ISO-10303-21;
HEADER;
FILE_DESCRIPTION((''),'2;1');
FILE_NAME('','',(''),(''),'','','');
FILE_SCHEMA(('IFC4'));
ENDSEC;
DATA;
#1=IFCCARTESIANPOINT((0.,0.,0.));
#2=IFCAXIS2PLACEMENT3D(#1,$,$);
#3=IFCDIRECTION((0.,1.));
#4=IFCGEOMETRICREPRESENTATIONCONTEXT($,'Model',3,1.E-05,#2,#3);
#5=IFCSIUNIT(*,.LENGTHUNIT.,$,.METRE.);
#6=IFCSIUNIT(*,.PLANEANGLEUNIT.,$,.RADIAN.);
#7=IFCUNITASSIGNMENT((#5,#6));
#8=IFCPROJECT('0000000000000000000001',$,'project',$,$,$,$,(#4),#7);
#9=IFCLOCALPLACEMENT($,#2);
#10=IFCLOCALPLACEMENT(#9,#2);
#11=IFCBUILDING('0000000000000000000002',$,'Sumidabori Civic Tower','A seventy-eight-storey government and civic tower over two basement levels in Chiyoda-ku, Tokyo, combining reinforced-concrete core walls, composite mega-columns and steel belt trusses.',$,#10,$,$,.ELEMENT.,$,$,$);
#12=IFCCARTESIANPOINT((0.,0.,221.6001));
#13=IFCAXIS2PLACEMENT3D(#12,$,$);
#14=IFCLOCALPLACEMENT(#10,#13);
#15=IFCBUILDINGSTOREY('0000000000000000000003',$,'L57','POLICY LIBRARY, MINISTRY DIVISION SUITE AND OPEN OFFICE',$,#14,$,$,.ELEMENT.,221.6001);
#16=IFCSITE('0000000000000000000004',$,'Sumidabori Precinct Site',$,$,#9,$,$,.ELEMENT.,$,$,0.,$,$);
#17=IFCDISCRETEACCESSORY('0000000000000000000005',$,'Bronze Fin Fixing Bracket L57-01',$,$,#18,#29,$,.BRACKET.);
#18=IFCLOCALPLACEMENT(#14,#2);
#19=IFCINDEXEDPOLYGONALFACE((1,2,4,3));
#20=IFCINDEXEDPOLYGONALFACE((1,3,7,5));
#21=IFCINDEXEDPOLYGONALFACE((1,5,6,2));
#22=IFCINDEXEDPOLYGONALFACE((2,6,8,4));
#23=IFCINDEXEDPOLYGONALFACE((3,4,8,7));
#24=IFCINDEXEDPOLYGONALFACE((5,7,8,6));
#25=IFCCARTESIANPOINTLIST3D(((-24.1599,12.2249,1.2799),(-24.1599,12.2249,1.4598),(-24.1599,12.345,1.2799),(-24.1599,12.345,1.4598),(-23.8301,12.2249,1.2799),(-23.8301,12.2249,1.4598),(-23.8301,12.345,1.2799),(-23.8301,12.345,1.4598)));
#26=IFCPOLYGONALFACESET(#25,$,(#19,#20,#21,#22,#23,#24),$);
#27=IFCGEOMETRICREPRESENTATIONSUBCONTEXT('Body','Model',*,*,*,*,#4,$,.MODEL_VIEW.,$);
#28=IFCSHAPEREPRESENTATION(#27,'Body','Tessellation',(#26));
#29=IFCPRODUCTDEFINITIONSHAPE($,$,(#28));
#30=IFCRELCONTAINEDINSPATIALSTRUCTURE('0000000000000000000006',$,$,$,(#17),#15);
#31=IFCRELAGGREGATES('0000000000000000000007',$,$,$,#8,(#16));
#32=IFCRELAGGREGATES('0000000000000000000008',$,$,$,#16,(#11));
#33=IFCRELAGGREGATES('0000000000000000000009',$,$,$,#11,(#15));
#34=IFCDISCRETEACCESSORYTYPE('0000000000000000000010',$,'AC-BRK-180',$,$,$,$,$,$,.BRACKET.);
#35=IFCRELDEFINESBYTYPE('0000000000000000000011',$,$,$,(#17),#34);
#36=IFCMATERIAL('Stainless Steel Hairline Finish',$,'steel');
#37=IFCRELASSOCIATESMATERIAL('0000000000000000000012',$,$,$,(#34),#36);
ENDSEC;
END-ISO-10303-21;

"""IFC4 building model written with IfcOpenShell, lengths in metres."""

from ifc_helpers import new_model, si_unit, direction, frame, origin, origin_2d, place, context, subcontext, project, spatial, rectangle, extrude, source, transform, mapped, material, material_profile, profile_set, type_object, element, save


model = new_model("IFC4")

# Units and contexts
model_context = context("Model", 3, precision=1e-05, world=origin(), true_north=direction((0.0, 1.0)))
body_context = subcontext(model_context, "Body", "Model", "MODEL_VIEW")
ifc_project = project(units=[si_unit("LENGTHUNIT", "METRE"), si_unit("PLANEANGLEUNIT", "RADIAN")], contexts=[model_context])

# Site, building, storey
site_placement = place(None, origin())
site = spatial("IfcSite", under=ifc_project, at=site_placement, Name="Sumidabori Precinct Site", CompositionType="ELEMENT", RefElevation=0.0)
building_placement = place(site_placement, origin())
building = spatial("IfcBuilding", under=site, at=building_placement, Name="Sumidabori Civic Tower", Description="A seventy-eight-storey government and civic tower over two basement levels in Chiyoda-ku, Tokyo, combining reinforced-concrete core walls, composite mega-columns and steel belt trusses.", CompositionType="ELEMENT")
storey_placement = place(building_placement, frame((0.0, 0.0, 221.6001)))
storey = spatial("IfcBuildingStorey", under=building, at=storey_placement, Name="L57", Description="POLICY LIBRARY, MINISTRY DIVISION SUITE AND OPEN OFFICE", CompositionType="ELEMENT", Elevation=221.6001)

# Shared definitions
ifc_material_1 = material(Name="Stainless Steel Hairline Finish", Category="steel")

# Discrete accessory
ifc_material_profile_1 = material_profile(ifc_material_1, rectangle(XDim=0.1201, YDim=0.1799, at=origin_2d()), Name="STEEL BRACKET 180x120")
ifc_profile_set_1 = profile_set([ifc_material_profile_1], Name="Stainless Steel Hairline Finish")
discrete_accessory_type = type_object("IfcDiscreteAccessoryType", Name="AC-BRK-180", PredefinedType="BRACKET", material=ifc_profile_set_1)
shared_shape_1 = source(origin(), body_context, "Body", "SweptSolid", [
    extrude(rectangle(XDim=0.1201, YDim=0.1799, at=origin_2d()), origin(), (0.0, 0.0, 1.0), 0.3298),
])
discrete_accessory_placement = place(storey_placement, frame((-23.8301, 12.2849, 1.3699), z_axis=(-1.0, 0.0, 0.0), x_axis=(0.0, -1.0, 0.0)))
element("IfcDiscreteAccessory", 1, at=discrete_accessory_placement, inside=storey, type_object=discrete_accessory_type, Name="Bronze Fin Fixing Bracket L57-01", PredefinedType="BRACKET", context=body_context, shape_type="MappedRepresentation", body=[
    mapped(shared_shape_1, transform((0.0, 0.0, 0.0), x_axis=(1.0, 0.0, 0.0), y_axis=(0.0, 1.0, 0.0), z_axis=(0.0, 0.0, 1.0), scale=1.0)),
])

save(model, "model.ifc")
